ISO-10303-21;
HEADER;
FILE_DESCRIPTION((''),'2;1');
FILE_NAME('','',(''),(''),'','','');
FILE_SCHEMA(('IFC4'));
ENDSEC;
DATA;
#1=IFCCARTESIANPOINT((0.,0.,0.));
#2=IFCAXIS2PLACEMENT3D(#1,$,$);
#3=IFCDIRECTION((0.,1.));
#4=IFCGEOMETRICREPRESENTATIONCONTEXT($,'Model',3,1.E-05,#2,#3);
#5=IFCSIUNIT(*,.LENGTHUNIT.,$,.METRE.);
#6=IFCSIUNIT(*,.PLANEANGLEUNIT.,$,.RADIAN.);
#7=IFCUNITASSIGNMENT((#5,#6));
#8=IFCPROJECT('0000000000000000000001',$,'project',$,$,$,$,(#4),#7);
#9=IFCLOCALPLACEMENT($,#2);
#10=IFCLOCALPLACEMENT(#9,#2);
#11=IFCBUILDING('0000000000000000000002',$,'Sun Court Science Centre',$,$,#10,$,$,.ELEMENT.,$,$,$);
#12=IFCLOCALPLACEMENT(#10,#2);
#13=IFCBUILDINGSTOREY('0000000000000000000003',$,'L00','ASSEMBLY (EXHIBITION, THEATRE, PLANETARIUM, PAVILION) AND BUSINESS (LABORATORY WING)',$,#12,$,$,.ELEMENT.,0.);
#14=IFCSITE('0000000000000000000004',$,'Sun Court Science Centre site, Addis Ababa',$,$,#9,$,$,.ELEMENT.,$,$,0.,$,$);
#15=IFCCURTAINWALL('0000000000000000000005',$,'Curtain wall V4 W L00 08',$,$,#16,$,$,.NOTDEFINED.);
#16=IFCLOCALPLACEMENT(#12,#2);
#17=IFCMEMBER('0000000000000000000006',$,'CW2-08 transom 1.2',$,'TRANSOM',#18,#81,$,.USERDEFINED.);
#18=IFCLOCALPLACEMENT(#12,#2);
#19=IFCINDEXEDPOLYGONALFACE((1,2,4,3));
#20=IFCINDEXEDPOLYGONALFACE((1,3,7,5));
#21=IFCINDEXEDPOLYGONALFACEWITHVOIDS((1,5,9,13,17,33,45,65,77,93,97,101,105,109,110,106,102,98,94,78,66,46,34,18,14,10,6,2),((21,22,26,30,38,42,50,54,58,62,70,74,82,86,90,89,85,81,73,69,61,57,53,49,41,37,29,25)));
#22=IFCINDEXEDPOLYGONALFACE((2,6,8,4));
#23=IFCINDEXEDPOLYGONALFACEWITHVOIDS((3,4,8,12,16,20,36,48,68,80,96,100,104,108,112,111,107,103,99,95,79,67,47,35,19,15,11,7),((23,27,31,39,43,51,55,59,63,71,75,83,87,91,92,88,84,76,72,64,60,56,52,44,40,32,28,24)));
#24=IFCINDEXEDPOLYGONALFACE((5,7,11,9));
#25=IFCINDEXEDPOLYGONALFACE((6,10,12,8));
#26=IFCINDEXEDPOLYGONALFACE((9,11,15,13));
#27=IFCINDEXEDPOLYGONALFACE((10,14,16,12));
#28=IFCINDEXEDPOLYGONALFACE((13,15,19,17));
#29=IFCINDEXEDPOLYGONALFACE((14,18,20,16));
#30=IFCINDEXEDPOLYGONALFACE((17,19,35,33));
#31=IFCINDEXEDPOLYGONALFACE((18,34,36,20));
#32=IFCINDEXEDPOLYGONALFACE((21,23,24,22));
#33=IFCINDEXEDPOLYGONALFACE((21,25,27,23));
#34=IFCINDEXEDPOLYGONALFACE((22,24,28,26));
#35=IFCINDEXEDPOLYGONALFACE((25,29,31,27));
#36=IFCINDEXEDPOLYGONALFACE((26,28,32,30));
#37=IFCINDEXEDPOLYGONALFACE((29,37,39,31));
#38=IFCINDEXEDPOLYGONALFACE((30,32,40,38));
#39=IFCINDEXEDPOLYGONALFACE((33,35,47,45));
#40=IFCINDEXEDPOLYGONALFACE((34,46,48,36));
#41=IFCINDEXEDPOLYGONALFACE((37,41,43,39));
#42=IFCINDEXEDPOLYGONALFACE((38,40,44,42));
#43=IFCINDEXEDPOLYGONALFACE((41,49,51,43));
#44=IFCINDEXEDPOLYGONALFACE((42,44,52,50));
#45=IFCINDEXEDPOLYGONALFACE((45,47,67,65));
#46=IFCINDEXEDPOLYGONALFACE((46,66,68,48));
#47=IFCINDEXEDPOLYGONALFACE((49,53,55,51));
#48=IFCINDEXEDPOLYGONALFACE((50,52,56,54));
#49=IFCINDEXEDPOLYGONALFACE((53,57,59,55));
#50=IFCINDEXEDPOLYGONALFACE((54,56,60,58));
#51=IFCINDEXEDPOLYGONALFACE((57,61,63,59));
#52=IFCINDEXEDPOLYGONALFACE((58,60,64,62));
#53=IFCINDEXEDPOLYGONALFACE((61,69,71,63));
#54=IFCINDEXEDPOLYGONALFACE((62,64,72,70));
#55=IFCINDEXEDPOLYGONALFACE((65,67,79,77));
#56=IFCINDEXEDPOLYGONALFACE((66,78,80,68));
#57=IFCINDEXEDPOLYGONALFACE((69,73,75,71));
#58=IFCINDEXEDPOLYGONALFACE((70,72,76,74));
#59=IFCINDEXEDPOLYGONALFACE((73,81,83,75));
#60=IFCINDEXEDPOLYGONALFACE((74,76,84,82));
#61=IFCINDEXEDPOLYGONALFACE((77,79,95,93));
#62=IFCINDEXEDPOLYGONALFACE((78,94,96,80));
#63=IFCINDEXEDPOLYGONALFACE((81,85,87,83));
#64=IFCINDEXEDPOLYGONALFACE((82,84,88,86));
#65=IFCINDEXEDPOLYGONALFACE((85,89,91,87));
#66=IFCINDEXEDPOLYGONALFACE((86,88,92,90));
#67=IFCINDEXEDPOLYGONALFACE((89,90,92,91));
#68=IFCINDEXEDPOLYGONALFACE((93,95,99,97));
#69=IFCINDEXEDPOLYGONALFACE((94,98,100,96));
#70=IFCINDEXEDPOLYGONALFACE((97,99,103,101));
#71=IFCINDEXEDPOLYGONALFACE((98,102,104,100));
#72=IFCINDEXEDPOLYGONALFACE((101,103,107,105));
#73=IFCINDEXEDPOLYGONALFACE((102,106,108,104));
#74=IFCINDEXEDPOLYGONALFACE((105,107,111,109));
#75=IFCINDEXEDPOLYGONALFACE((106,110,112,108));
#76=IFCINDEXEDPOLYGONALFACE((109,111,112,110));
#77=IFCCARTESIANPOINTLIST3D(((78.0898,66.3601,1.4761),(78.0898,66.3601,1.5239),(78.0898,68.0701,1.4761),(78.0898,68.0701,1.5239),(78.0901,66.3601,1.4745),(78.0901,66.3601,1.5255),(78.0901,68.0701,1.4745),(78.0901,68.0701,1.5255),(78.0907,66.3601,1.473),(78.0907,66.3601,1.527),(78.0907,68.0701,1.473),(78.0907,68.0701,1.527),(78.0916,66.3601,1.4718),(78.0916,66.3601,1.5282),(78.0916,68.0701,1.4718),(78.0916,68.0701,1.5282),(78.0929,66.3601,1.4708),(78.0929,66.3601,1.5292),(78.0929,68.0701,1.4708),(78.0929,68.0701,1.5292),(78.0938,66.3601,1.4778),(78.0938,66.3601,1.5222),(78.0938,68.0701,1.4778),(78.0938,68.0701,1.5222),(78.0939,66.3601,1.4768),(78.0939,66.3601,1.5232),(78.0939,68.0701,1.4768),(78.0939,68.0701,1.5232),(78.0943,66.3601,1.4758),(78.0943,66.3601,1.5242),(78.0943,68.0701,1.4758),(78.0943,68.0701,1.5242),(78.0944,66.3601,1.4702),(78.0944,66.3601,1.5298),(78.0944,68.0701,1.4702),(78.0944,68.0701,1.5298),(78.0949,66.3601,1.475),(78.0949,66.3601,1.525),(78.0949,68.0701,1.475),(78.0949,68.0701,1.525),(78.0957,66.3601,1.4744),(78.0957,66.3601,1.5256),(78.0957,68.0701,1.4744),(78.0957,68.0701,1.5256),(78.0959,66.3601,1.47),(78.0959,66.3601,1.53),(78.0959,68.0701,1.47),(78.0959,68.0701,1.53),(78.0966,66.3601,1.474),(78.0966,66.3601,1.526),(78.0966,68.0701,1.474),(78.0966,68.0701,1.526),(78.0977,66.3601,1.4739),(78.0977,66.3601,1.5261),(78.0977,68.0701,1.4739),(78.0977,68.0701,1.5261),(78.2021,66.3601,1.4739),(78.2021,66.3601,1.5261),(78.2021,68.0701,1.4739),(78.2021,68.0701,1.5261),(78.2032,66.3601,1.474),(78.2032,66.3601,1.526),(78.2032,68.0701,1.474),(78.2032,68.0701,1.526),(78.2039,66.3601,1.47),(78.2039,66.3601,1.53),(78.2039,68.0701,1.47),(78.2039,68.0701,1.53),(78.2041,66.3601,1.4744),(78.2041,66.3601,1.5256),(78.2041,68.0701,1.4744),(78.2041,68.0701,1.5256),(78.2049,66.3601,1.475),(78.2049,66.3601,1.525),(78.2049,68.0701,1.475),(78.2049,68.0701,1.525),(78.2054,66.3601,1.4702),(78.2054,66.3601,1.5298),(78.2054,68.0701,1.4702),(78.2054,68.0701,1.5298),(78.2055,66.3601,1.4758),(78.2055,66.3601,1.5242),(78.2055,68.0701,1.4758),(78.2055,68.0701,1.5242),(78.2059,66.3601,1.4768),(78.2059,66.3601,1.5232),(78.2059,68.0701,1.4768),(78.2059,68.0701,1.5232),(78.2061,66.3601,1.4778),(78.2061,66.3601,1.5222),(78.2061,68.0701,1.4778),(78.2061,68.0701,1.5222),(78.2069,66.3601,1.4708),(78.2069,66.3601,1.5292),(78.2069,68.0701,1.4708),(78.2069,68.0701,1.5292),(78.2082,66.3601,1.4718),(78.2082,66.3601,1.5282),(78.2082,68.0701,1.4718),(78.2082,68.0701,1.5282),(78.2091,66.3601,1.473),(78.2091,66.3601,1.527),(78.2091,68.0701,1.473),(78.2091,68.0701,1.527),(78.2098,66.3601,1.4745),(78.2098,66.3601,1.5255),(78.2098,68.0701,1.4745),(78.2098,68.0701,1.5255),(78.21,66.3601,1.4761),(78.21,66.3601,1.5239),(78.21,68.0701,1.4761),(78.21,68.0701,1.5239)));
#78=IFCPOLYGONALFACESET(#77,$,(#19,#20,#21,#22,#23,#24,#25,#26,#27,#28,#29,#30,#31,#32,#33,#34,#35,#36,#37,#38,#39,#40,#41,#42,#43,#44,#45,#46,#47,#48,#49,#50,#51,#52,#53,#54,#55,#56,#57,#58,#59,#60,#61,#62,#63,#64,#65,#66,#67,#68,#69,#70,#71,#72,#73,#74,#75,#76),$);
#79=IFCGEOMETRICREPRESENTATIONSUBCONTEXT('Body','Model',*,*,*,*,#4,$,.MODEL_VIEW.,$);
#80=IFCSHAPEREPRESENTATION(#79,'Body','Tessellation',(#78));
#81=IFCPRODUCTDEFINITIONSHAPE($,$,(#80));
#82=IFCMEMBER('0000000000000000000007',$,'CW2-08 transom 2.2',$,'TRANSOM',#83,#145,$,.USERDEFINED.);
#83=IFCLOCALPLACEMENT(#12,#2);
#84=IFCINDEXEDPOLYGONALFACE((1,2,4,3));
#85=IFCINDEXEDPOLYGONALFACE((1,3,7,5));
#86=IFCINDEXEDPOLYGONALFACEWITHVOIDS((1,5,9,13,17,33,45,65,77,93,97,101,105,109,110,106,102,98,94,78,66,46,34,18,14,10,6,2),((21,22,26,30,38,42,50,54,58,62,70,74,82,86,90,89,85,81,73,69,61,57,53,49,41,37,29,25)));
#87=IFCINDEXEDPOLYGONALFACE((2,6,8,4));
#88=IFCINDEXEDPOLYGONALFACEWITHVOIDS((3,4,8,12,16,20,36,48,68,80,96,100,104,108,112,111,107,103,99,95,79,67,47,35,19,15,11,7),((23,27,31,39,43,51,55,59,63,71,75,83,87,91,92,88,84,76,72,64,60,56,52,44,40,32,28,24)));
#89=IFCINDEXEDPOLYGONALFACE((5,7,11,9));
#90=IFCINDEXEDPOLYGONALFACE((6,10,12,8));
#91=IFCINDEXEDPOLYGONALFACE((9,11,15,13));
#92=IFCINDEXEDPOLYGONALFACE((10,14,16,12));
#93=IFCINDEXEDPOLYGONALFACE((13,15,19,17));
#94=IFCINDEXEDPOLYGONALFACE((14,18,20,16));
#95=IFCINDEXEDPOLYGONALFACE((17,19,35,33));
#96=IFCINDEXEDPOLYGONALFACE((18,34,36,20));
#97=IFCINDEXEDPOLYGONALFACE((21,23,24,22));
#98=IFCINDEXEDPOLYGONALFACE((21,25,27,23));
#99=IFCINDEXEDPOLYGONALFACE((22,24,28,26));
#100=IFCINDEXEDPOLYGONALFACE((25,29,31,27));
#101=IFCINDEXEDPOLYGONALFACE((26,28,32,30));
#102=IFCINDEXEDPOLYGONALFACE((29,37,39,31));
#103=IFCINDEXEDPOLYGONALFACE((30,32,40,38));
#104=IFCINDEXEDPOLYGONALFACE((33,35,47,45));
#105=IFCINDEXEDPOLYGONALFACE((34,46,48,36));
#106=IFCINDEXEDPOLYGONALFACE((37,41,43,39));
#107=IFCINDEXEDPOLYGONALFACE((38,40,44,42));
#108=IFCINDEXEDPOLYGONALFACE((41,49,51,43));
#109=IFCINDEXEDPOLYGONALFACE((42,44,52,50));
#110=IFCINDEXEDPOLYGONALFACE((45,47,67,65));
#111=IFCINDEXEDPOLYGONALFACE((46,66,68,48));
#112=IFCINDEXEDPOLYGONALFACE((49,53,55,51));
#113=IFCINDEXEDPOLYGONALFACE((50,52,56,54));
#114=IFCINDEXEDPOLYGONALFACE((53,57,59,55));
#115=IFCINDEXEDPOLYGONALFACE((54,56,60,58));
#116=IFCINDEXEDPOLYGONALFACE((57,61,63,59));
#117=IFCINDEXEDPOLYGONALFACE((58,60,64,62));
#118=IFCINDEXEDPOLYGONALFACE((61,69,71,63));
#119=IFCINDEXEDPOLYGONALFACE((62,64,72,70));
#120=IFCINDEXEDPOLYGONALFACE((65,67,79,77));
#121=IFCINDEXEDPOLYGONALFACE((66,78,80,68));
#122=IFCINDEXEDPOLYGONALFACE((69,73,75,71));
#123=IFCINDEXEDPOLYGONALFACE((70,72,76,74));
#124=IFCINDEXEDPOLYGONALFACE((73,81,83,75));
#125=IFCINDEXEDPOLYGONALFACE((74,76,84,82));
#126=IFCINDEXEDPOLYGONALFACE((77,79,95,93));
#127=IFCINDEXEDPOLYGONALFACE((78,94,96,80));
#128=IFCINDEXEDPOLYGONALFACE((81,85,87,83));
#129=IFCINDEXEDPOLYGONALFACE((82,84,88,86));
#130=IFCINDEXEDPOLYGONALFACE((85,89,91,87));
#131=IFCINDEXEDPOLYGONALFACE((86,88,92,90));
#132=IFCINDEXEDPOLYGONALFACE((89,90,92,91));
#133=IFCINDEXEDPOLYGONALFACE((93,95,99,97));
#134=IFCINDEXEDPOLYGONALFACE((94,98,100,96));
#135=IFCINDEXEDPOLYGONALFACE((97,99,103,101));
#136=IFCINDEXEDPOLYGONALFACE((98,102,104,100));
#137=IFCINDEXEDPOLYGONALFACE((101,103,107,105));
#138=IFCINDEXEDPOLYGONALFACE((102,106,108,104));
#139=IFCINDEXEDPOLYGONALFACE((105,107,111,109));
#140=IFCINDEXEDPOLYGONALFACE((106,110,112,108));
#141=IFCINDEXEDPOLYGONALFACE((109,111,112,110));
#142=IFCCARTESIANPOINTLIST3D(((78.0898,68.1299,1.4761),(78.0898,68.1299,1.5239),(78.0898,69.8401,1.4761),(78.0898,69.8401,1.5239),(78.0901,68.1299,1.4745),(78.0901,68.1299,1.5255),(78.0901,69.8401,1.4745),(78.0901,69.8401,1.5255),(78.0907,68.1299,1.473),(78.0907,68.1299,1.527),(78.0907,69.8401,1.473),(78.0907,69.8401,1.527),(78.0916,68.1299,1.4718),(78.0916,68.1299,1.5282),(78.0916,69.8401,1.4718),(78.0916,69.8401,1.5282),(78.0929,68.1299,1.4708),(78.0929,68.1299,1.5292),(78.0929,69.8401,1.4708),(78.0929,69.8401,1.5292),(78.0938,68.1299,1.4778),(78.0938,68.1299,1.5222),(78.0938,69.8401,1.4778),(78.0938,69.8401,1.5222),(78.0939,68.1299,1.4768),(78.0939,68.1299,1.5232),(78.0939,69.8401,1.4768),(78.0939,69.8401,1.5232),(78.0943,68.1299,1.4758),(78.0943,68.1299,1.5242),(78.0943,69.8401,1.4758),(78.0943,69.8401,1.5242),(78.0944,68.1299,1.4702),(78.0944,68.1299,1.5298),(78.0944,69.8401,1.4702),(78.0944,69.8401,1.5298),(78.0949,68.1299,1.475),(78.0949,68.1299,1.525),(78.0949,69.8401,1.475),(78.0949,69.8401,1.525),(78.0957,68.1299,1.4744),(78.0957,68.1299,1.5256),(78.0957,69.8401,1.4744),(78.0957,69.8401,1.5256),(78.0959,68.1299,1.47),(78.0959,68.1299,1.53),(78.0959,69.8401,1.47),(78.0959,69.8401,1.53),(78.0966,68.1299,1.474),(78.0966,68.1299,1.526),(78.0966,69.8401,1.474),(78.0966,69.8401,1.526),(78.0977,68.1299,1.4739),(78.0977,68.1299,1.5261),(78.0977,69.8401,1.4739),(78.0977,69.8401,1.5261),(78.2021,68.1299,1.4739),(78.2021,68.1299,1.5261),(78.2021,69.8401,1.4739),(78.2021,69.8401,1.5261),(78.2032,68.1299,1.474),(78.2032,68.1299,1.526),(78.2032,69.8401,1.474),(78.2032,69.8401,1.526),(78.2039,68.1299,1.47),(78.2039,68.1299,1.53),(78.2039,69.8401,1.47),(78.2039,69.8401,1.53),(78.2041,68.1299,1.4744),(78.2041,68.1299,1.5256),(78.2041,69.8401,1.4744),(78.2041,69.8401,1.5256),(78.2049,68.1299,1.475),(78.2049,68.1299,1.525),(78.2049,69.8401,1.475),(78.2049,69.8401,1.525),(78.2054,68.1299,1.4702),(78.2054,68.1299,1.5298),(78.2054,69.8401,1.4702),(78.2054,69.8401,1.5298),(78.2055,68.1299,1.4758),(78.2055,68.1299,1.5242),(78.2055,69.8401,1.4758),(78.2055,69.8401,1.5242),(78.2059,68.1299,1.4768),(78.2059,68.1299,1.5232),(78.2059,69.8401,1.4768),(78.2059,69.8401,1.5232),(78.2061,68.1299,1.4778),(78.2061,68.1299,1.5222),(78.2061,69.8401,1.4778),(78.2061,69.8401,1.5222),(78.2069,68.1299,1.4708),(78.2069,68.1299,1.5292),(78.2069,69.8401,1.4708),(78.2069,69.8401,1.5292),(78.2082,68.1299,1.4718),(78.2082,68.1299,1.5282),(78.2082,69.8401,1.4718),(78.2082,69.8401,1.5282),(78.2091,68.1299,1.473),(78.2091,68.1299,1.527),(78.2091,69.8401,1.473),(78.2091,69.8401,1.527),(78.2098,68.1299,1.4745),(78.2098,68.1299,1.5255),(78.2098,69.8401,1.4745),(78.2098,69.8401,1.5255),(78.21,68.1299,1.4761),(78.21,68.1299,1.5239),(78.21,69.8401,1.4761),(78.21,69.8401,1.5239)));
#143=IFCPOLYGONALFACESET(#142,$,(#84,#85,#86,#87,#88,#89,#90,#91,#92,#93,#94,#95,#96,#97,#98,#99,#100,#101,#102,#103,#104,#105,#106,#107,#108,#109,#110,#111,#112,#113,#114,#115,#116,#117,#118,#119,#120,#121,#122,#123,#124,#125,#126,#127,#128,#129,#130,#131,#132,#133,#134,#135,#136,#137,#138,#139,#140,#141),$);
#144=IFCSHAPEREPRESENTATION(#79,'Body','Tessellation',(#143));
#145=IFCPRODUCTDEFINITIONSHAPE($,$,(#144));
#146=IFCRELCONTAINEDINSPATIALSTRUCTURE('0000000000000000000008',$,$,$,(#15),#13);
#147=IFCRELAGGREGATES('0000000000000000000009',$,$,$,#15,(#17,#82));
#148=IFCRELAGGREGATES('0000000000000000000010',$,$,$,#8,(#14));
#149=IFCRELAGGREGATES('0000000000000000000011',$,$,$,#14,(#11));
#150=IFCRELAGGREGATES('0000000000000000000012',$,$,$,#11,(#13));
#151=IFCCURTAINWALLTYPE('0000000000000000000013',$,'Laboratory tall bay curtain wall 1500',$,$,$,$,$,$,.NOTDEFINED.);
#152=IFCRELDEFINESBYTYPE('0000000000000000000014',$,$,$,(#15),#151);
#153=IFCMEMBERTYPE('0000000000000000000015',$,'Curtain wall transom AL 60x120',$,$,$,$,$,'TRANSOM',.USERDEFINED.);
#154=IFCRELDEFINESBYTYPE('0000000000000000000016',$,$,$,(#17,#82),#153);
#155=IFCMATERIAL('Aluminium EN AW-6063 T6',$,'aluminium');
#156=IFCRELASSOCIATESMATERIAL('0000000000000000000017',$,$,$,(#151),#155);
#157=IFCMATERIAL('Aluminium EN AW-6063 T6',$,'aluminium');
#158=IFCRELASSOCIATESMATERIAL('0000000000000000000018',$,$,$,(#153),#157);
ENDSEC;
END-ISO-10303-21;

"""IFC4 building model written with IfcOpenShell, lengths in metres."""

from ifc_helpers import new_model, si_unit, direction, frame, origin, origin_2d, place, context, subcontext, project, spatial, hollow_rectangle, extrude, material, material_profile, profile_set, type_object, element, aggregate, save


model = new_model("IFC4")

# Units and contexts
model_context = context("Model", 3, precision=1e-05, world=origin(), true_north=direction((0.0, 1.0)))
body_context = subcontext(model_context, "Body", "Model", "MODEL_VIEW")
ifc_project = project(units=[si_unit("LENGTHUNIT", "METRE"), si_unit("PLANEANGLEUNIT", "RADIAN")], contexts=[model_context])

# Site, building, storey
site_placement = place(None, origin())
site = spatial("IfcSite", under=ifc_project, at=site_placement, Name="Sun Court Science Centre site, Addis Ababa", CompositionType="ELEMENT", RefElevation=0.0)
building_placement = place(site_placement, origin())
building = spatial("IfcBuilding", under=site, at=building_placement, Name="Sun Court Science Centre", CompositionType="ELEMENT")
storey_placement = place(building_placement, origin())
storey = spatial("IfcBuildingStorey", under=building, at=storey_placement, Name="L00", Description="ASSEMBLY (EXHIBITION, THEATRE, PLANETARIUM, PAVILION) AND BUSINESS (LABORATORY WING)", CompositionType="ELEMENT", Elevation=0.0)

# Curtain wall
ifc_material_1 = material(Name="Aluminium EN AW-6063 T6", Category="aluminium")
curtain_wall_type = type_object("IfcCurtainWallType", Name="Laboratory tall bay curtain wall 1500", PredefinedType="NOTDEFINED", material=ifc_material_1)
curtain_wall_1_placement = place(storey_placement, origin())
curtain_wall_1 = element("IfcCurtainWall", 1, at=curtain_wall_1_placement, inside=storey, type_object=curtain_wall_type, Name="Curtain wall V4 W L00 08", PredefinedType="NOTDEFINED")

# Members
ifc_material_2 = material(Name="Aluminium EN AW-6063 T6", Category="aluminium")
ifc_material_profile_1 = material_profile(ifc_material_2, hollow_rectangle(XDim=0.0601, YDim=0.1201, WallThickness=0.0039, InnerFilletRadius=0.0039, OuterFilletRadius=0.0061, at=origin_2d()), Name="AL 60x120x4")
ifc_profile_set_1 = profile_set([ifc_material_profile_1], Name="Aluminium EN AW-6063 T6")
member_type_1 = type_object("IfcMemberType", Name="Curtain wall transom AL 60x120", ElementType="TRANSOM", PredefinedType="USERDEFINED", material=ifc_profile_set_1)
member_1_placement = place(storey_placement, frame((78.1499, 66.3601, 1.5), z_axis=(0.0, 1.0, 0.0), x_axis=(0.0, 0.0, 1.0)))
member_1 = element("IfcMember", 2, at=member_1_placement, type_object=member_type_1, Name="CW2-08 transom 1.2", ObjectType="TRANSOM", PredefinedType="USERDEFINED", context=body_context, shape_type="SweptSolid", body=[
    extrude(hollow_rectangle(XDim=0.0601, YDim=0.1201, WallThickness=0.0039, InnerFilletRadius=0.0039, OuterFilletRadius=0.0061, at=origin_2d()), origin(), (0.0, 0.0, 1.0), 1.71),
])
member_2_placement = place(storey_placement, frame((78.1499, 68.1299, 1.5), z_axis=(0.0, 1.0, 0.0), x_axis=(0.0, 0.0, 1.0)))
member_2 = element("IfcMember", 3, at=member_2_placement, type_object=member_type_1, Name="CW2-08 transom 2.2", ObjectType="TRANSOM", PredefinedType="USERDEFINED", context=body_context, shape_type="SweptSolid", body=[
    extrude(hollow_rectangle(XDim=0.0601, YDim=0.1201, WallThickness=0.0039, InnerFilletRadius=0.0039, OuterFilletRadius=0.0061, at=origin_2d()), origin(), (0.0, 0.0, 1.0), 1.7102),
])

aggregate(curtain_wall_1, [member_1, member_2])

save(model, "model.ifc")
